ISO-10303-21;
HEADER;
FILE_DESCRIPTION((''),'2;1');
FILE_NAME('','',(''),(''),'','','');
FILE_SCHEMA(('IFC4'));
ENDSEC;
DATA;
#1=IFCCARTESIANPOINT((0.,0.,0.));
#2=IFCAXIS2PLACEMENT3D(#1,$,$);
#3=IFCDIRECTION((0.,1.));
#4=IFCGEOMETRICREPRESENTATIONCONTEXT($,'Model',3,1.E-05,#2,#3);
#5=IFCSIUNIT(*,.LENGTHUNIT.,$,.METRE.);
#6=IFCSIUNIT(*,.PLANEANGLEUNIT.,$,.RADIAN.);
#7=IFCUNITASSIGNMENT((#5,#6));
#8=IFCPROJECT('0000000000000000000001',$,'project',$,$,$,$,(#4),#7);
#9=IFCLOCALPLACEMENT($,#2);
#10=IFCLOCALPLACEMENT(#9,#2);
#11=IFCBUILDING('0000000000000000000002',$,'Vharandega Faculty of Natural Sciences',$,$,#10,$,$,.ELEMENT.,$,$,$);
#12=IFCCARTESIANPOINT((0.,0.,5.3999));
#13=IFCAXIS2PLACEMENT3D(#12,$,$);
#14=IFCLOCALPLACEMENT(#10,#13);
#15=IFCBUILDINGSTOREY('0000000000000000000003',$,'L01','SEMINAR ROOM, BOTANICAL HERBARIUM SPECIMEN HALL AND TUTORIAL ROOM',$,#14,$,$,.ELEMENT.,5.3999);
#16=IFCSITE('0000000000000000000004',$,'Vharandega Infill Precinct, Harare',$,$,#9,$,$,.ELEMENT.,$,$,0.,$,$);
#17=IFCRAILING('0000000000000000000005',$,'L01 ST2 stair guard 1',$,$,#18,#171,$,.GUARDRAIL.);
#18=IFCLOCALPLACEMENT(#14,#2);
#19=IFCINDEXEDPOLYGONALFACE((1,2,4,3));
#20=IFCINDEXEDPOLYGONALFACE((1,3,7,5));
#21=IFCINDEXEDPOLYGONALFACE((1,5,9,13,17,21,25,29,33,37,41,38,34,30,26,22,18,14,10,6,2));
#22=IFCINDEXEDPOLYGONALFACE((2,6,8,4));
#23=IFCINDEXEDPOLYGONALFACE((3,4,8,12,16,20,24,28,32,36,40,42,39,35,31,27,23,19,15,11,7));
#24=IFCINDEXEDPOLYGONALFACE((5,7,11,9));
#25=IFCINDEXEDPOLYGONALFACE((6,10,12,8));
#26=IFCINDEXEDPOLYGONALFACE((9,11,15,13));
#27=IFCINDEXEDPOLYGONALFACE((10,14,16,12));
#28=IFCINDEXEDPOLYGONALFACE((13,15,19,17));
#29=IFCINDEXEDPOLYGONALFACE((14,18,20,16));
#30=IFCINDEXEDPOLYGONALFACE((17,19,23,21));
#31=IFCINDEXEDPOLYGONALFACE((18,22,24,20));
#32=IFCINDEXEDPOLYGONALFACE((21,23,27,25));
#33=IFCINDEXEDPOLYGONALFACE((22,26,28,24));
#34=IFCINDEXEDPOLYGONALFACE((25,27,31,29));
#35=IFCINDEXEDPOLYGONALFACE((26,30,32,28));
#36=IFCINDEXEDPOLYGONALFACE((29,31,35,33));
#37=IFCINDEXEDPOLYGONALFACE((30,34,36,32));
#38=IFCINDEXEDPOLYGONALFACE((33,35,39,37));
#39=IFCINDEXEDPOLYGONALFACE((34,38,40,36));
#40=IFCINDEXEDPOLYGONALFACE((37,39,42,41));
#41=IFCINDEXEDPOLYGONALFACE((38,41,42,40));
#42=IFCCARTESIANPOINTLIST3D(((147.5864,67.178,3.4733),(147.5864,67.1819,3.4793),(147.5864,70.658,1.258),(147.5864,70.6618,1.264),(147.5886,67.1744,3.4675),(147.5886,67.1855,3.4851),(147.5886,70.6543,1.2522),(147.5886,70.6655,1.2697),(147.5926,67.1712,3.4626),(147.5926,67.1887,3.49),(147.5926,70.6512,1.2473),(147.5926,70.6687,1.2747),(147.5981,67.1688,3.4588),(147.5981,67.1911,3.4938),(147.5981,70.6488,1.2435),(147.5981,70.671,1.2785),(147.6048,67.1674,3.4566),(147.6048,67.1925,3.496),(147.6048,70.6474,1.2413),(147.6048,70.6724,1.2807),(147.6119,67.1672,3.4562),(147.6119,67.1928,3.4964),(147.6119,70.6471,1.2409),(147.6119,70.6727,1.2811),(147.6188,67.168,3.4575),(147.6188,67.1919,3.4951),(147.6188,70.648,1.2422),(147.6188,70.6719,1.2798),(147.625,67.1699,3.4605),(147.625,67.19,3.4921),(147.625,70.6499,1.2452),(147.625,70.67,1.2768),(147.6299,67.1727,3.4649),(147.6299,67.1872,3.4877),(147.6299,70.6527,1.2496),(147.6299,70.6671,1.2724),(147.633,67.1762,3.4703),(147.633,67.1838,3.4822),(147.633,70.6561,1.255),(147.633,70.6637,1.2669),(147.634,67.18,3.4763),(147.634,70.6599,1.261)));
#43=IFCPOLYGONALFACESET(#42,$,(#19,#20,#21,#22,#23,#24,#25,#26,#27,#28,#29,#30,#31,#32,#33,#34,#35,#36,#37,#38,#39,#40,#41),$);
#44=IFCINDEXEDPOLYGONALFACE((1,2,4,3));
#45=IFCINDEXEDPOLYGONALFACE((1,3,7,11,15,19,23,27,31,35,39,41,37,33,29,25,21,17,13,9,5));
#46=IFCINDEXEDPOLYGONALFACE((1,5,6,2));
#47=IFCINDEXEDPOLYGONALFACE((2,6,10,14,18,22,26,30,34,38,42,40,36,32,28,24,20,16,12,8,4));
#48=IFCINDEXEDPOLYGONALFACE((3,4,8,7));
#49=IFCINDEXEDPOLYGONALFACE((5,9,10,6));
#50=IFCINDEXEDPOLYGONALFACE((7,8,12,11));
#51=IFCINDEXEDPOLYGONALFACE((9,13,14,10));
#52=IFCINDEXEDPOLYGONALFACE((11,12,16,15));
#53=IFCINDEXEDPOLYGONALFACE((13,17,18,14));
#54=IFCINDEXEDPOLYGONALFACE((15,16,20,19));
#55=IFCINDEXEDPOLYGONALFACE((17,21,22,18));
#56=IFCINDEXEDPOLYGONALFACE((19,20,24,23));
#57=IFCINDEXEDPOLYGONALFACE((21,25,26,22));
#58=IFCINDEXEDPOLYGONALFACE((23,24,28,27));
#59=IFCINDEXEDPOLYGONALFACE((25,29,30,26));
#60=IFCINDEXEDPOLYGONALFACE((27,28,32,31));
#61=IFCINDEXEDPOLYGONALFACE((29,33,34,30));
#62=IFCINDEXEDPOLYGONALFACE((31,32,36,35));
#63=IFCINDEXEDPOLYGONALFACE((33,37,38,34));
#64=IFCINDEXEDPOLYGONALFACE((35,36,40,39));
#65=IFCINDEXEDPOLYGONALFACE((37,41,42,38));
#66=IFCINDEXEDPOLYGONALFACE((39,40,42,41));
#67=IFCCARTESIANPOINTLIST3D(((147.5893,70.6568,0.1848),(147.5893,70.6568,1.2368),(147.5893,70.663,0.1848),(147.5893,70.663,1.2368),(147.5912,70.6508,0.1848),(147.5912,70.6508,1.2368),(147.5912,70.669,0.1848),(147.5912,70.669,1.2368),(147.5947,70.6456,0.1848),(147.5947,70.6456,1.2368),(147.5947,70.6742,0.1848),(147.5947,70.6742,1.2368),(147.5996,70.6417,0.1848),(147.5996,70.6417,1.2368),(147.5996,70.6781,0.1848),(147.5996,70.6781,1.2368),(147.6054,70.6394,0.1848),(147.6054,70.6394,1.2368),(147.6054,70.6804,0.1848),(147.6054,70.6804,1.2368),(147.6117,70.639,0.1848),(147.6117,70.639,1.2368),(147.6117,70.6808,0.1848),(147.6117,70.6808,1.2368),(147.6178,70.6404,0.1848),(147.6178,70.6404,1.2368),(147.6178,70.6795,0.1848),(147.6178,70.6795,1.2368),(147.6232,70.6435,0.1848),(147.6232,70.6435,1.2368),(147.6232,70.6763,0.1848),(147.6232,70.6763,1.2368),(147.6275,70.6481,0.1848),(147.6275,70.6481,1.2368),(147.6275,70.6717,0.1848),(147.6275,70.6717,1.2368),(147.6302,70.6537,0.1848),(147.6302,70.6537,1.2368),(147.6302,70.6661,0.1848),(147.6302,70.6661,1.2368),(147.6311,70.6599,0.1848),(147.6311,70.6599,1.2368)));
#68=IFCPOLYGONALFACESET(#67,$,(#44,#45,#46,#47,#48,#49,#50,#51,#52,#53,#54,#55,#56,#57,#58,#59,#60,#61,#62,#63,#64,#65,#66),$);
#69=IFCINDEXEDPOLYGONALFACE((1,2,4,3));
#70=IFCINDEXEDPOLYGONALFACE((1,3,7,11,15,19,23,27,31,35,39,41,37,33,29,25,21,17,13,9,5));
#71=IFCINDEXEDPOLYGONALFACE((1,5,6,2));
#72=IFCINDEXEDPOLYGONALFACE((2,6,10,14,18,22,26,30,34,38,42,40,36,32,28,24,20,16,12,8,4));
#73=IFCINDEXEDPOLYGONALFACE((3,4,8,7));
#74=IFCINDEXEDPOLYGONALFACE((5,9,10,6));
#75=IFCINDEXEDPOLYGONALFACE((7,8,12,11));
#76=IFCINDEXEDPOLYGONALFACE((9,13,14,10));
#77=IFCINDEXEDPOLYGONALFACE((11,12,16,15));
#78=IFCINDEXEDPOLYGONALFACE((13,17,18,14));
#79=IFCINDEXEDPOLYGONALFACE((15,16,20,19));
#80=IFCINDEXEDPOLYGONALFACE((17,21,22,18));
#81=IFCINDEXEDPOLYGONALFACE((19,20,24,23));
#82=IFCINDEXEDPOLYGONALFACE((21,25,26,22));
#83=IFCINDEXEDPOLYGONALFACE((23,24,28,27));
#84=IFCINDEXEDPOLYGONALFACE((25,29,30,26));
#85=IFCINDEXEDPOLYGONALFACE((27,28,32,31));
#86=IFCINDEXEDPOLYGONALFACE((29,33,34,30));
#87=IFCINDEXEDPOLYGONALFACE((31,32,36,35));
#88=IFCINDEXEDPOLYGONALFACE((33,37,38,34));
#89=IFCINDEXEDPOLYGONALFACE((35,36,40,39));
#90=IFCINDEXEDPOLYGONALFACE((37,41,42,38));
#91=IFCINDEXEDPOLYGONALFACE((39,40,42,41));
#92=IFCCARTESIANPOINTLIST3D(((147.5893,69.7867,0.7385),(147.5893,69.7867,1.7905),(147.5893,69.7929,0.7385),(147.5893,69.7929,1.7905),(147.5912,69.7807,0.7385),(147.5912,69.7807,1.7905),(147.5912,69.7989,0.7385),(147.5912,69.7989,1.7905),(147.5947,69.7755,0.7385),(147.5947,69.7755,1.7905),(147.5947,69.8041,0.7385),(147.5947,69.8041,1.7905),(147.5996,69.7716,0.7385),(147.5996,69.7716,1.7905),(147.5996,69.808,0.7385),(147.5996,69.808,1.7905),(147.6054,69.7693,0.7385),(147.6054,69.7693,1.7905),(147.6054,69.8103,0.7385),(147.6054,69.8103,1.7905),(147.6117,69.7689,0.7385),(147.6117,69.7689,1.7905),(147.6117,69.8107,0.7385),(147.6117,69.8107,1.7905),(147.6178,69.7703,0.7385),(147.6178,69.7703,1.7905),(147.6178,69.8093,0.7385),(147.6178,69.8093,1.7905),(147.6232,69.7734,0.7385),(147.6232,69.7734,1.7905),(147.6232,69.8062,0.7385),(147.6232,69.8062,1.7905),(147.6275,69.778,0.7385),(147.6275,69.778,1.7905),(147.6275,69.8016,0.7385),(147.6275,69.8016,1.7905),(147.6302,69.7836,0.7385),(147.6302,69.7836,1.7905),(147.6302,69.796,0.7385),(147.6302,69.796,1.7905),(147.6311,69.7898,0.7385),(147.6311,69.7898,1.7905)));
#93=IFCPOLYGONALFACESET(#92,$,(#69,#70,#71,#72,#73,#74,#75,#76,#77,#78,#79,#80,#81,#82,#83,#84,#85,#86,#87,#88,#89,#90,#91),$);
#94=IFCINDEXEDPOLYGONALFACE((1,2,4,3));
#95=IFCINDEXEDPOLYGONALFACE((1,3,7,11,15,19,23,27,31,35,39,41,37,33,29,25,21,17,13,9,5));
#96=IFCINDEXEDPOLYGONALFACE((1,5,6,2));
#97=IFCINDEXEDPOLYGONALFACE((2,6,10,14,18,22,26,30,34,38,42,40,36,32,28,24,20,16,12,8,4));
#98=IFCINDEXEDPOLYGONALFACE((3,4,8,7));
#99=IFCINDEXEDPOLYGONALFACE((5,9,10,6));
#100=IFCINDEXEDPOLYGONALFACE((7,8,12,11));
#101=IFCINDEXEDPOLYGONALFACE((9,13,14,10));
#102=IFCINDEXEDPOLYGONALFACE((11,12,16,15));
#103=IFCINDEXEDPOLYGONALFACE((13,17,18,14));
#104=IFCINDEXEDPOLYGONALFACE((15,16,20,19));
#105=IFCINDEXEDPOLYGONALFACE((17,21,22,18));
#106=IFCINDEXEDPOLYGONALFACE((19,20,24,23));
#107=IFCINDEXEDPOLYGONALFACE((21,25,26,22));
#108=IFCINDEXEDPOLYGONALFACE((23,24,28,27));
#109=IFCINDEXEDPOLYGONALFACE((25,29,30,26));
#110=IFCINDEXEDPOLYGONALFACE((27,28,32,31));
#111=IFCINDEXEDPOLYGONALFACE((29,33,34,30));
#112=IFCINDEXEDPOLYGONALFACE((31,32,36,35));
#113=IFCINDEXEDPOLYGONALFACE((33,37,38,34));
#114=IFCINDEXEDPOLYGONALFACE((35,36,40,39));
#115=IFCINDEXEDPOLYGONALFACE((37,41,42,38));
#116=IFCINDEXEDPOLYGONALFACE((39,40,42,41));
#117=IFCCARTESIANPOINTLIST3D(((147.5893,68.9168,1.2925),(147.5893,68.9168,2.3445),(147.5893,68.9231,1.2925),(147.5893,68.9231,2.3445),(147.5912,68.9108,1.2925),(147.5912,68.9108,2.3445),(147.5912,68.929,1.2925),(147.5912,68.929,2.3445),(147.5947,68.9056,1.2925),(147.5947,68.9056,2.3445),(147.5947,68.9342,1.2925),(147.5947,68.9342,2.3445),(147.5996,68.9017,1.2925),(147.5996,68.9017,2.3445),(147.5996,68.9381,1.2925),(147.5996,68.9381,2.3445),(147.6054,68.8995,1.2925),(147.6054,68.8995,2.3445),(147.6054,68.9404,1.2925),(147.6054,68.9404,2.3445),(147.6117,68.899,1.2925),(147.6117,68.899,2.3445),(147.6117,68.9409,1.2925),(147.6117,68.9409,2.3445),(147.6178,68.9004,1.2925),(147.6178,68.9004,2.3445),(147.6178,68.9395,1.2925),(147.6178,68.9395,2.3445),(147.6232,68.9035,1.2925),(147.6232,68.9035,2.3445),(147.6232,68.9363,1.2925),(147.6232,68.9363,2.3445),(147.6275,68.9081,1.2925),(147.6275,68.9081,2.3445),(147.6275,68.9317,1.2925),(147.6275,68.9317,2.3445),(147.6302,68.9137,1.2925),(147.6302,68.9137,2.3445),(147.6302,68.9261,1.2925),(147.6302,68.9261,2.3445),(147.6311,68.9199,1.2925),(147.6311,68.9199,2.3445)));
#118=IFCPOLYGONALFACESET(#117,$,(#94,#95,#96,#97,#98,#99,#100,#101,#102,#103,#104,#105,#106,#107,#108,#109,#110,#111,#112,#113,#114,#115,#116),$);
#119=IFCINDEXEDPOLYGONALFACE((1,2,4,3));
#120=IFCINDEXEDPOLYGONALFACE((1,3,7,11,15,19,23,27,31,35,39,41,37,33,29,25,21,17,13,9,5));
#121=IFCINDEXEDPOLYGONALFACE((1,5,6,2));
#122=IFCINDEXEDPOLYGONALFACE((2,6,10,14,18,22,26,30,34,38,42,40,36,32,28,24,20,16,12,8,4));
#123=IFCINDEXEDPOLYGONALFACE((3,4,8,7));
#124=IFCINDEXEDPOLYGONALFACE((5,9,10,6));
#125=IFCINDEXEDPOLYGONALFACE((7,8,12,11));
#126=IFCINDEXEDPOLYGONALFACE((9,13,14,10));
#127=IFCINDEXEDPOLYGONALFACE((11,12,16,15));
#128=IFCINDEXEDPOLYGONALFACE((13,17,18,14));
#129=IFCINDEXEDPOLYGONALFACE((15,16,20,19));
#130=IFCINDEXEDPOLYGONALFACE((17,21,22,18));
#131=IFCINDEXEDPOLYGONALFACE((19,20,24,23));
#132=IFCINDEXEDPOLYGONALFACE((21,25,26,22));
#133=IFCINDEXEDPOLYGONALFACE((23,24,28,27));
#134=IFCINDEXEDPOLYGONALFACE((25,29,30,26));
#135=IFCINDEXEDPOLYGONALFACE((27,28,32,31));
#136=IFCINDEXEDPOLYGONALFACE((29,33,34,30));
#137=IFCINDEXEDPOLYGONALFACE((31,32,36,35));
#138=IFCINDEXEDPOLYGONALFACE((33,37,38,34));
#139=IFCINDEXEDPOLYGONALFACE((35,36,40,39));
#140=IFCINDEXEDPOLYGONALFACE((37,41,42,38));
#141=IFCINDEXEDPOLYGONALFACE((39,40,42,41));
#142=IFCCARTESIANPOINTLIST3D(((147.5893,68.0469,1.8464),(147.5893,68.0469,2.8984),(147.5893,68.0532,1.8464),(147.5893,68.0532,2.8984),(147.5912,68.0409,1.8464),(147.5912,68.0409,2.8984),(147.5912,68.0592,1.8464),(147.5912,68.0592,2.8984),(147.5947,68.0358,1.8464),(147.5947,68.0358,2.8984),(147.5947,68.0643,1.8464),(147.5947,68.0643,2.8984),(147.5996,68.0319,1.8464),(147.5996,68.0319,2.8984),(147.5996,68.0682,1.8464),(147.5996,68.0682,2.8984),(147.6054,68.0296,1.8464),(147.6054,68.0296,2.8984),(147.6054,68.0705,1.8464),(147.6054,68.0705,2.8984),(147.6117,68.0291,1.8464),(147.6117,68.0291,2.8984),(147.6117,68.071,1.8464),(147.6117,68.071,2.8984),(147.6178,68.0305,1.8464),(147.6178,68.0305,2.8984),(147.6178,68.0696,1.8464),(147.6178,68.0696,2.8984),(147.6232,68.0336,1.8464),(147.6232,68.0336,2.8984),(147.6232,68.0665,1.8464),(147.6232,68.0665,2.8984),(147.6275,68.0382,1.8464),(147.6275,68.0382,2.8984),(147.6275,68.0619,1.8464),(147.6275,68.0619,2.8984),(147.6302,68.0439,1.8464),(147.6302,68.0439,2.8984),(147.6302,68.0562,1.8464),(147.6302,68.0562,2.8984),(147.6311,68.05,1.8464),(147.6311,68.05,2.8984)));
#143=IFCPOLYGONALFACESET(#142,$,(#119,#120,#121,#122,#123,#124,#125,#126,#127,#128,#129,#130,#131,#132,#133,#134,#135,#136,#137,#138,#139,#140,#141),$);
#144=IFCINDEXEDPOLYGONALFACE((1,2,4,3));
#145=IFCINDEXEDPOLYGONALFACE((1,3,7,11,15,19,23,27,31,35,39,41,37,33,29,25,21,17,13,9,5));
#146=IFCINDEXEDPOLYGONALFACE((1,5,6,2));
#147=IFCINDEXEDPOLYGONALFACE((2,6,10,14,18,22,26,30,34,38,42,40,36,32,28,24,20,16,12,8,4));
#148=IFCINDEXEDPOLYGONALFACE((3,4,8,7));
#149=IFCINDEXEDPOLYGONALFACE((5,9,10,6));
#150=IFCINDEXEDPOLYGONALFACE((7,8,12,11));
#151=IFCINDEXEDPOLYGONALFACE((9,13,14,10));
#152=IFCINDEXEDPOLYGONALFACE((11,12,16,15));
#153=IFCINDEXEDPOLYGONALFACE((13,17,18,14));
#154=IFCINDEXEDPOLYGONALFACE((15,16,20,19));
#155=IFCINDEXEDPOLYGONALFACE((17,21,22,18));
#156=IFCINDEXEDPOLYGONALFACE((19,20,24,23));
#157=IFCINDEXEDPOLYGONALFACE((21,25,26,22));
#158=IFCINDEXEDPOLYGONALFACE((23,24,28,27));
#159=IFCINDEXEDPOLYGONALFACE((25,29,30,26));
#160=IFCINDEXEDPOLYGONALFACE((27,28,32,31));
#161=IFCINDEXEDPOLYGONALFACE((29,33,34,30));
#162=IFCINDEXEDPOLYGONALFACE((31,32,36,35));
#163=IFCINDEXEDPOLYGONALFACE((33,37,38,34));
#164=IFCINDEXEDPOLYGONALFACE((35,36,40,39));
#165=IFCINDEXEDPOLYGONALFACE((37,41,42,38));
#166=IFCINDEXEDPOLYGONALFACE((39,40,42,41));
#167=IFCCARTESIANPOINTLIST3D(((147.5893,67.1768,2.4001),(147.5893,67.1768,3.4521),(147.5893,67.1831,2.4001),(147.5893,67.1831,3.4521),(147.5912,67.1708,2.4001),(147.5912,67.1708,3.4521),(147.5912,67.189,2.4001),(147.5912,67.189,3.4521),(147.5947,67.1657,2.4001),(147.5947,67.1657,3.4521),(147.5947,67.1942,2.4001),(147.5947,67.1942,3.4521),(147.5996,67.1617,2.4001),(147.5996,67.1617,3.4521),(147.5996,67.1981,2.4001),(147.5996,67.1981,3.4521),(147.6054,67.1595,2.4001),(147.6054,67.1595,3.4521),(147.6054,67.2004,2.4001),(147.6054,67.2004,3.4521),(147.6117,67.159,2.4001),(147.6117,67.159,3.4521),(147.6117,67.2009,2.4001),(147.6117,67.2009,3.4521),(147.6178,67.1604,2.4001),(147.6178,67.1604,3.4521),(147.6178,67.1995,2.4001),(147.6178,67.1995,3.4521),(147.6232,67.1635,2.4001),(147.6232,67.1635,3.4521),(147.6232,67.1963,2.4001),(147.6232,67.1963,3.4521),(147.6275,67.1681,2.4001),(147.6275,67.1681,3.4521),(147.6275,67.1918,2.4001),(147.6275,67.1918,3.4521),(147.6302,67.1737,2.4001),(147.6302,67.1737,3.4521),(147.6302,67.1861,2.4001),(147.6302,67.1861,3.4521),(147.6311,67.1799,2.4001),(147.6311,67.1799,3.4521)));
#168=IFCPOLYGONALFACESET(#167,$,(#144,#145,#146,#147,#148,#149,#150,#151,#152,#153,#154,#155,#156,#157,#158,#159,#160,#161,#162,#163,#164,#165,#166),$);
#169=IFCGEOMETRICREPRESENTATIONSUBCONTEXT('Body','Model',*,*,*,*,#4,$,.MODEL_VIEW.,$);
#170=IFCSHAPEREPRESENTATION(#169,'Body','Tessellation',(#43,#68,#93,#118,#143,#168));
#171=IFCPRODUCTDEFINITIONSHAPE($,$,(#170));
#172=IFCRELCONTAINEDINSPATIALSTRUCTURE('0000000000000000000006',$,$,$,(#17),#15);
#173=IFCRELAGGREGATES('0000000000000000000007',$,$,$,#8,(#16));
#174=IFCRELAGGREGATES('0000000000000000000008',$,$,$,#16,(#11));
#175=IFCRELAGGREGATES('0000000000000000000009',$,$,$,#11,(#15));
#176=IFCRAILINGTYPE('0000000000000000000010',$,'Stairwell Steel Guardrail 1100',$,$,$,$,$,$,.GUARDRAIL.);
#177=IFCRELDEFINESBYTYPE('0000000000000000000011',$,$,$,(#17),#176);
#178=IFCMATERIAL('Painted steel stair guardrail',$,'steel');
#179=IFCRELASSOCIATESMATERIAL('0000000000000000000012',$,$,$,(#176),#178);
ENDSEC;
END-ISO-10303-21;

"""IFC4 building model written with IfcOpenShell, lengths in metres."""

from ifc_helpers import new_model, si_unit, direction, frame, origin, origin_2d, place, context, subcontext, project, spatial, circle, extrude, material, type_object, element, save


model = new_model("IFC4")

# Units and contexts
model_context = context("Model", 3, precision=1e-05, world=origin(), true_north=direction((0.0, 1.0)))
body_context = subcontext(model_context, "Body", "Model", "MODEL_VIEW")
ifc_project = project(units=[si_unit("LENGTHUNIT", "METRE"), si_unit("PLANEANGLEUNIT", "RADIAN")], contexts=[model_context])

# Site, building, storey
site_placement = place(None, origin())
site = spatial("IfcSite", under=ifc_project, at=site_placement, Name="Vharandega Infill Precinct, Harare", CompositionType="ELEMENT", RefElevation=0.0)
building_placement = place(site_placement, origin())
building = spatial("IfcBuilding", under=site, at=building_placement, Name="Vharandega Faculty of Natural Sciences", CompositionType="ELEMENT")
storey_placement = place(building_placement, frame((0.0, 0.0, 5.3999)))
storey = spatial("IfcBuildingStorey", under=building, at=storey_placement, Name="L01", Description="SEMINAR ROOM, BOTANICAL HERBARIUM SPECIMEN HALL AND TUTORIAL ROOM", CompositionType="ELEMENT", Elevation=5.3999)

# Railing
ifc_material_1 = material(Name="Painted steel stair guardrail", Category="steel")
railing_type = type_object("IfcRailingType", Name="Stairwell Steel Guardrail 1100", PredefinedType="GUARDRAIL", material=ifc_material_1)
railing_1_placement = place(storey_placement, frame((147.6101, 70.6599, 0.1848)))
element("IfcRailing", 1, at=railing_1_placement, inside=storey, type_object=railing_type, Name="L01 ST2 stair guard 1", PredefinedType="GUARDRAIL", context=body_context, shape_type="SweptSolid", body=[
    extrude(circle(Radius=0.0239, at=origin_2d()), frame((0.0, 0.0, 1.0762), z_axis=(0.0, -0.843574, 0.537013), x_axis=(1.0, 0.0, 0.0)), (0.0, 0.0, 1.0), 4.1252),
    extrude(circle(Radius=0.021, at=origin_2d()), origin(), (0.0, 0.0, 1.0), 1.052),
    extrude(circle(Radius=0.021, at=origin_2d()), frame((0.0, -0.8701, 0.5537)), (0.0, 0.0, 1.0), 1.052),
    extrude(circle(Radius=0.021, at=origin_2d()), frame((0.0, -1.74, 1.1077)), (0.0, 0.0, 1.0), 1.052),
    extrude(circle(Radius=0.021, at=origin_2d()), frame((0.0, -2.6099, 1.6616)), (0.0, 0.0, 1.0), 1.052),
    extrude(circle(Radius=0.021, at=origin_2d()), frame((0.0, -3.48, 2.2153)), (0.0, 0.0, 1.0), 1.052),
])

save(model, "model.ifc")
